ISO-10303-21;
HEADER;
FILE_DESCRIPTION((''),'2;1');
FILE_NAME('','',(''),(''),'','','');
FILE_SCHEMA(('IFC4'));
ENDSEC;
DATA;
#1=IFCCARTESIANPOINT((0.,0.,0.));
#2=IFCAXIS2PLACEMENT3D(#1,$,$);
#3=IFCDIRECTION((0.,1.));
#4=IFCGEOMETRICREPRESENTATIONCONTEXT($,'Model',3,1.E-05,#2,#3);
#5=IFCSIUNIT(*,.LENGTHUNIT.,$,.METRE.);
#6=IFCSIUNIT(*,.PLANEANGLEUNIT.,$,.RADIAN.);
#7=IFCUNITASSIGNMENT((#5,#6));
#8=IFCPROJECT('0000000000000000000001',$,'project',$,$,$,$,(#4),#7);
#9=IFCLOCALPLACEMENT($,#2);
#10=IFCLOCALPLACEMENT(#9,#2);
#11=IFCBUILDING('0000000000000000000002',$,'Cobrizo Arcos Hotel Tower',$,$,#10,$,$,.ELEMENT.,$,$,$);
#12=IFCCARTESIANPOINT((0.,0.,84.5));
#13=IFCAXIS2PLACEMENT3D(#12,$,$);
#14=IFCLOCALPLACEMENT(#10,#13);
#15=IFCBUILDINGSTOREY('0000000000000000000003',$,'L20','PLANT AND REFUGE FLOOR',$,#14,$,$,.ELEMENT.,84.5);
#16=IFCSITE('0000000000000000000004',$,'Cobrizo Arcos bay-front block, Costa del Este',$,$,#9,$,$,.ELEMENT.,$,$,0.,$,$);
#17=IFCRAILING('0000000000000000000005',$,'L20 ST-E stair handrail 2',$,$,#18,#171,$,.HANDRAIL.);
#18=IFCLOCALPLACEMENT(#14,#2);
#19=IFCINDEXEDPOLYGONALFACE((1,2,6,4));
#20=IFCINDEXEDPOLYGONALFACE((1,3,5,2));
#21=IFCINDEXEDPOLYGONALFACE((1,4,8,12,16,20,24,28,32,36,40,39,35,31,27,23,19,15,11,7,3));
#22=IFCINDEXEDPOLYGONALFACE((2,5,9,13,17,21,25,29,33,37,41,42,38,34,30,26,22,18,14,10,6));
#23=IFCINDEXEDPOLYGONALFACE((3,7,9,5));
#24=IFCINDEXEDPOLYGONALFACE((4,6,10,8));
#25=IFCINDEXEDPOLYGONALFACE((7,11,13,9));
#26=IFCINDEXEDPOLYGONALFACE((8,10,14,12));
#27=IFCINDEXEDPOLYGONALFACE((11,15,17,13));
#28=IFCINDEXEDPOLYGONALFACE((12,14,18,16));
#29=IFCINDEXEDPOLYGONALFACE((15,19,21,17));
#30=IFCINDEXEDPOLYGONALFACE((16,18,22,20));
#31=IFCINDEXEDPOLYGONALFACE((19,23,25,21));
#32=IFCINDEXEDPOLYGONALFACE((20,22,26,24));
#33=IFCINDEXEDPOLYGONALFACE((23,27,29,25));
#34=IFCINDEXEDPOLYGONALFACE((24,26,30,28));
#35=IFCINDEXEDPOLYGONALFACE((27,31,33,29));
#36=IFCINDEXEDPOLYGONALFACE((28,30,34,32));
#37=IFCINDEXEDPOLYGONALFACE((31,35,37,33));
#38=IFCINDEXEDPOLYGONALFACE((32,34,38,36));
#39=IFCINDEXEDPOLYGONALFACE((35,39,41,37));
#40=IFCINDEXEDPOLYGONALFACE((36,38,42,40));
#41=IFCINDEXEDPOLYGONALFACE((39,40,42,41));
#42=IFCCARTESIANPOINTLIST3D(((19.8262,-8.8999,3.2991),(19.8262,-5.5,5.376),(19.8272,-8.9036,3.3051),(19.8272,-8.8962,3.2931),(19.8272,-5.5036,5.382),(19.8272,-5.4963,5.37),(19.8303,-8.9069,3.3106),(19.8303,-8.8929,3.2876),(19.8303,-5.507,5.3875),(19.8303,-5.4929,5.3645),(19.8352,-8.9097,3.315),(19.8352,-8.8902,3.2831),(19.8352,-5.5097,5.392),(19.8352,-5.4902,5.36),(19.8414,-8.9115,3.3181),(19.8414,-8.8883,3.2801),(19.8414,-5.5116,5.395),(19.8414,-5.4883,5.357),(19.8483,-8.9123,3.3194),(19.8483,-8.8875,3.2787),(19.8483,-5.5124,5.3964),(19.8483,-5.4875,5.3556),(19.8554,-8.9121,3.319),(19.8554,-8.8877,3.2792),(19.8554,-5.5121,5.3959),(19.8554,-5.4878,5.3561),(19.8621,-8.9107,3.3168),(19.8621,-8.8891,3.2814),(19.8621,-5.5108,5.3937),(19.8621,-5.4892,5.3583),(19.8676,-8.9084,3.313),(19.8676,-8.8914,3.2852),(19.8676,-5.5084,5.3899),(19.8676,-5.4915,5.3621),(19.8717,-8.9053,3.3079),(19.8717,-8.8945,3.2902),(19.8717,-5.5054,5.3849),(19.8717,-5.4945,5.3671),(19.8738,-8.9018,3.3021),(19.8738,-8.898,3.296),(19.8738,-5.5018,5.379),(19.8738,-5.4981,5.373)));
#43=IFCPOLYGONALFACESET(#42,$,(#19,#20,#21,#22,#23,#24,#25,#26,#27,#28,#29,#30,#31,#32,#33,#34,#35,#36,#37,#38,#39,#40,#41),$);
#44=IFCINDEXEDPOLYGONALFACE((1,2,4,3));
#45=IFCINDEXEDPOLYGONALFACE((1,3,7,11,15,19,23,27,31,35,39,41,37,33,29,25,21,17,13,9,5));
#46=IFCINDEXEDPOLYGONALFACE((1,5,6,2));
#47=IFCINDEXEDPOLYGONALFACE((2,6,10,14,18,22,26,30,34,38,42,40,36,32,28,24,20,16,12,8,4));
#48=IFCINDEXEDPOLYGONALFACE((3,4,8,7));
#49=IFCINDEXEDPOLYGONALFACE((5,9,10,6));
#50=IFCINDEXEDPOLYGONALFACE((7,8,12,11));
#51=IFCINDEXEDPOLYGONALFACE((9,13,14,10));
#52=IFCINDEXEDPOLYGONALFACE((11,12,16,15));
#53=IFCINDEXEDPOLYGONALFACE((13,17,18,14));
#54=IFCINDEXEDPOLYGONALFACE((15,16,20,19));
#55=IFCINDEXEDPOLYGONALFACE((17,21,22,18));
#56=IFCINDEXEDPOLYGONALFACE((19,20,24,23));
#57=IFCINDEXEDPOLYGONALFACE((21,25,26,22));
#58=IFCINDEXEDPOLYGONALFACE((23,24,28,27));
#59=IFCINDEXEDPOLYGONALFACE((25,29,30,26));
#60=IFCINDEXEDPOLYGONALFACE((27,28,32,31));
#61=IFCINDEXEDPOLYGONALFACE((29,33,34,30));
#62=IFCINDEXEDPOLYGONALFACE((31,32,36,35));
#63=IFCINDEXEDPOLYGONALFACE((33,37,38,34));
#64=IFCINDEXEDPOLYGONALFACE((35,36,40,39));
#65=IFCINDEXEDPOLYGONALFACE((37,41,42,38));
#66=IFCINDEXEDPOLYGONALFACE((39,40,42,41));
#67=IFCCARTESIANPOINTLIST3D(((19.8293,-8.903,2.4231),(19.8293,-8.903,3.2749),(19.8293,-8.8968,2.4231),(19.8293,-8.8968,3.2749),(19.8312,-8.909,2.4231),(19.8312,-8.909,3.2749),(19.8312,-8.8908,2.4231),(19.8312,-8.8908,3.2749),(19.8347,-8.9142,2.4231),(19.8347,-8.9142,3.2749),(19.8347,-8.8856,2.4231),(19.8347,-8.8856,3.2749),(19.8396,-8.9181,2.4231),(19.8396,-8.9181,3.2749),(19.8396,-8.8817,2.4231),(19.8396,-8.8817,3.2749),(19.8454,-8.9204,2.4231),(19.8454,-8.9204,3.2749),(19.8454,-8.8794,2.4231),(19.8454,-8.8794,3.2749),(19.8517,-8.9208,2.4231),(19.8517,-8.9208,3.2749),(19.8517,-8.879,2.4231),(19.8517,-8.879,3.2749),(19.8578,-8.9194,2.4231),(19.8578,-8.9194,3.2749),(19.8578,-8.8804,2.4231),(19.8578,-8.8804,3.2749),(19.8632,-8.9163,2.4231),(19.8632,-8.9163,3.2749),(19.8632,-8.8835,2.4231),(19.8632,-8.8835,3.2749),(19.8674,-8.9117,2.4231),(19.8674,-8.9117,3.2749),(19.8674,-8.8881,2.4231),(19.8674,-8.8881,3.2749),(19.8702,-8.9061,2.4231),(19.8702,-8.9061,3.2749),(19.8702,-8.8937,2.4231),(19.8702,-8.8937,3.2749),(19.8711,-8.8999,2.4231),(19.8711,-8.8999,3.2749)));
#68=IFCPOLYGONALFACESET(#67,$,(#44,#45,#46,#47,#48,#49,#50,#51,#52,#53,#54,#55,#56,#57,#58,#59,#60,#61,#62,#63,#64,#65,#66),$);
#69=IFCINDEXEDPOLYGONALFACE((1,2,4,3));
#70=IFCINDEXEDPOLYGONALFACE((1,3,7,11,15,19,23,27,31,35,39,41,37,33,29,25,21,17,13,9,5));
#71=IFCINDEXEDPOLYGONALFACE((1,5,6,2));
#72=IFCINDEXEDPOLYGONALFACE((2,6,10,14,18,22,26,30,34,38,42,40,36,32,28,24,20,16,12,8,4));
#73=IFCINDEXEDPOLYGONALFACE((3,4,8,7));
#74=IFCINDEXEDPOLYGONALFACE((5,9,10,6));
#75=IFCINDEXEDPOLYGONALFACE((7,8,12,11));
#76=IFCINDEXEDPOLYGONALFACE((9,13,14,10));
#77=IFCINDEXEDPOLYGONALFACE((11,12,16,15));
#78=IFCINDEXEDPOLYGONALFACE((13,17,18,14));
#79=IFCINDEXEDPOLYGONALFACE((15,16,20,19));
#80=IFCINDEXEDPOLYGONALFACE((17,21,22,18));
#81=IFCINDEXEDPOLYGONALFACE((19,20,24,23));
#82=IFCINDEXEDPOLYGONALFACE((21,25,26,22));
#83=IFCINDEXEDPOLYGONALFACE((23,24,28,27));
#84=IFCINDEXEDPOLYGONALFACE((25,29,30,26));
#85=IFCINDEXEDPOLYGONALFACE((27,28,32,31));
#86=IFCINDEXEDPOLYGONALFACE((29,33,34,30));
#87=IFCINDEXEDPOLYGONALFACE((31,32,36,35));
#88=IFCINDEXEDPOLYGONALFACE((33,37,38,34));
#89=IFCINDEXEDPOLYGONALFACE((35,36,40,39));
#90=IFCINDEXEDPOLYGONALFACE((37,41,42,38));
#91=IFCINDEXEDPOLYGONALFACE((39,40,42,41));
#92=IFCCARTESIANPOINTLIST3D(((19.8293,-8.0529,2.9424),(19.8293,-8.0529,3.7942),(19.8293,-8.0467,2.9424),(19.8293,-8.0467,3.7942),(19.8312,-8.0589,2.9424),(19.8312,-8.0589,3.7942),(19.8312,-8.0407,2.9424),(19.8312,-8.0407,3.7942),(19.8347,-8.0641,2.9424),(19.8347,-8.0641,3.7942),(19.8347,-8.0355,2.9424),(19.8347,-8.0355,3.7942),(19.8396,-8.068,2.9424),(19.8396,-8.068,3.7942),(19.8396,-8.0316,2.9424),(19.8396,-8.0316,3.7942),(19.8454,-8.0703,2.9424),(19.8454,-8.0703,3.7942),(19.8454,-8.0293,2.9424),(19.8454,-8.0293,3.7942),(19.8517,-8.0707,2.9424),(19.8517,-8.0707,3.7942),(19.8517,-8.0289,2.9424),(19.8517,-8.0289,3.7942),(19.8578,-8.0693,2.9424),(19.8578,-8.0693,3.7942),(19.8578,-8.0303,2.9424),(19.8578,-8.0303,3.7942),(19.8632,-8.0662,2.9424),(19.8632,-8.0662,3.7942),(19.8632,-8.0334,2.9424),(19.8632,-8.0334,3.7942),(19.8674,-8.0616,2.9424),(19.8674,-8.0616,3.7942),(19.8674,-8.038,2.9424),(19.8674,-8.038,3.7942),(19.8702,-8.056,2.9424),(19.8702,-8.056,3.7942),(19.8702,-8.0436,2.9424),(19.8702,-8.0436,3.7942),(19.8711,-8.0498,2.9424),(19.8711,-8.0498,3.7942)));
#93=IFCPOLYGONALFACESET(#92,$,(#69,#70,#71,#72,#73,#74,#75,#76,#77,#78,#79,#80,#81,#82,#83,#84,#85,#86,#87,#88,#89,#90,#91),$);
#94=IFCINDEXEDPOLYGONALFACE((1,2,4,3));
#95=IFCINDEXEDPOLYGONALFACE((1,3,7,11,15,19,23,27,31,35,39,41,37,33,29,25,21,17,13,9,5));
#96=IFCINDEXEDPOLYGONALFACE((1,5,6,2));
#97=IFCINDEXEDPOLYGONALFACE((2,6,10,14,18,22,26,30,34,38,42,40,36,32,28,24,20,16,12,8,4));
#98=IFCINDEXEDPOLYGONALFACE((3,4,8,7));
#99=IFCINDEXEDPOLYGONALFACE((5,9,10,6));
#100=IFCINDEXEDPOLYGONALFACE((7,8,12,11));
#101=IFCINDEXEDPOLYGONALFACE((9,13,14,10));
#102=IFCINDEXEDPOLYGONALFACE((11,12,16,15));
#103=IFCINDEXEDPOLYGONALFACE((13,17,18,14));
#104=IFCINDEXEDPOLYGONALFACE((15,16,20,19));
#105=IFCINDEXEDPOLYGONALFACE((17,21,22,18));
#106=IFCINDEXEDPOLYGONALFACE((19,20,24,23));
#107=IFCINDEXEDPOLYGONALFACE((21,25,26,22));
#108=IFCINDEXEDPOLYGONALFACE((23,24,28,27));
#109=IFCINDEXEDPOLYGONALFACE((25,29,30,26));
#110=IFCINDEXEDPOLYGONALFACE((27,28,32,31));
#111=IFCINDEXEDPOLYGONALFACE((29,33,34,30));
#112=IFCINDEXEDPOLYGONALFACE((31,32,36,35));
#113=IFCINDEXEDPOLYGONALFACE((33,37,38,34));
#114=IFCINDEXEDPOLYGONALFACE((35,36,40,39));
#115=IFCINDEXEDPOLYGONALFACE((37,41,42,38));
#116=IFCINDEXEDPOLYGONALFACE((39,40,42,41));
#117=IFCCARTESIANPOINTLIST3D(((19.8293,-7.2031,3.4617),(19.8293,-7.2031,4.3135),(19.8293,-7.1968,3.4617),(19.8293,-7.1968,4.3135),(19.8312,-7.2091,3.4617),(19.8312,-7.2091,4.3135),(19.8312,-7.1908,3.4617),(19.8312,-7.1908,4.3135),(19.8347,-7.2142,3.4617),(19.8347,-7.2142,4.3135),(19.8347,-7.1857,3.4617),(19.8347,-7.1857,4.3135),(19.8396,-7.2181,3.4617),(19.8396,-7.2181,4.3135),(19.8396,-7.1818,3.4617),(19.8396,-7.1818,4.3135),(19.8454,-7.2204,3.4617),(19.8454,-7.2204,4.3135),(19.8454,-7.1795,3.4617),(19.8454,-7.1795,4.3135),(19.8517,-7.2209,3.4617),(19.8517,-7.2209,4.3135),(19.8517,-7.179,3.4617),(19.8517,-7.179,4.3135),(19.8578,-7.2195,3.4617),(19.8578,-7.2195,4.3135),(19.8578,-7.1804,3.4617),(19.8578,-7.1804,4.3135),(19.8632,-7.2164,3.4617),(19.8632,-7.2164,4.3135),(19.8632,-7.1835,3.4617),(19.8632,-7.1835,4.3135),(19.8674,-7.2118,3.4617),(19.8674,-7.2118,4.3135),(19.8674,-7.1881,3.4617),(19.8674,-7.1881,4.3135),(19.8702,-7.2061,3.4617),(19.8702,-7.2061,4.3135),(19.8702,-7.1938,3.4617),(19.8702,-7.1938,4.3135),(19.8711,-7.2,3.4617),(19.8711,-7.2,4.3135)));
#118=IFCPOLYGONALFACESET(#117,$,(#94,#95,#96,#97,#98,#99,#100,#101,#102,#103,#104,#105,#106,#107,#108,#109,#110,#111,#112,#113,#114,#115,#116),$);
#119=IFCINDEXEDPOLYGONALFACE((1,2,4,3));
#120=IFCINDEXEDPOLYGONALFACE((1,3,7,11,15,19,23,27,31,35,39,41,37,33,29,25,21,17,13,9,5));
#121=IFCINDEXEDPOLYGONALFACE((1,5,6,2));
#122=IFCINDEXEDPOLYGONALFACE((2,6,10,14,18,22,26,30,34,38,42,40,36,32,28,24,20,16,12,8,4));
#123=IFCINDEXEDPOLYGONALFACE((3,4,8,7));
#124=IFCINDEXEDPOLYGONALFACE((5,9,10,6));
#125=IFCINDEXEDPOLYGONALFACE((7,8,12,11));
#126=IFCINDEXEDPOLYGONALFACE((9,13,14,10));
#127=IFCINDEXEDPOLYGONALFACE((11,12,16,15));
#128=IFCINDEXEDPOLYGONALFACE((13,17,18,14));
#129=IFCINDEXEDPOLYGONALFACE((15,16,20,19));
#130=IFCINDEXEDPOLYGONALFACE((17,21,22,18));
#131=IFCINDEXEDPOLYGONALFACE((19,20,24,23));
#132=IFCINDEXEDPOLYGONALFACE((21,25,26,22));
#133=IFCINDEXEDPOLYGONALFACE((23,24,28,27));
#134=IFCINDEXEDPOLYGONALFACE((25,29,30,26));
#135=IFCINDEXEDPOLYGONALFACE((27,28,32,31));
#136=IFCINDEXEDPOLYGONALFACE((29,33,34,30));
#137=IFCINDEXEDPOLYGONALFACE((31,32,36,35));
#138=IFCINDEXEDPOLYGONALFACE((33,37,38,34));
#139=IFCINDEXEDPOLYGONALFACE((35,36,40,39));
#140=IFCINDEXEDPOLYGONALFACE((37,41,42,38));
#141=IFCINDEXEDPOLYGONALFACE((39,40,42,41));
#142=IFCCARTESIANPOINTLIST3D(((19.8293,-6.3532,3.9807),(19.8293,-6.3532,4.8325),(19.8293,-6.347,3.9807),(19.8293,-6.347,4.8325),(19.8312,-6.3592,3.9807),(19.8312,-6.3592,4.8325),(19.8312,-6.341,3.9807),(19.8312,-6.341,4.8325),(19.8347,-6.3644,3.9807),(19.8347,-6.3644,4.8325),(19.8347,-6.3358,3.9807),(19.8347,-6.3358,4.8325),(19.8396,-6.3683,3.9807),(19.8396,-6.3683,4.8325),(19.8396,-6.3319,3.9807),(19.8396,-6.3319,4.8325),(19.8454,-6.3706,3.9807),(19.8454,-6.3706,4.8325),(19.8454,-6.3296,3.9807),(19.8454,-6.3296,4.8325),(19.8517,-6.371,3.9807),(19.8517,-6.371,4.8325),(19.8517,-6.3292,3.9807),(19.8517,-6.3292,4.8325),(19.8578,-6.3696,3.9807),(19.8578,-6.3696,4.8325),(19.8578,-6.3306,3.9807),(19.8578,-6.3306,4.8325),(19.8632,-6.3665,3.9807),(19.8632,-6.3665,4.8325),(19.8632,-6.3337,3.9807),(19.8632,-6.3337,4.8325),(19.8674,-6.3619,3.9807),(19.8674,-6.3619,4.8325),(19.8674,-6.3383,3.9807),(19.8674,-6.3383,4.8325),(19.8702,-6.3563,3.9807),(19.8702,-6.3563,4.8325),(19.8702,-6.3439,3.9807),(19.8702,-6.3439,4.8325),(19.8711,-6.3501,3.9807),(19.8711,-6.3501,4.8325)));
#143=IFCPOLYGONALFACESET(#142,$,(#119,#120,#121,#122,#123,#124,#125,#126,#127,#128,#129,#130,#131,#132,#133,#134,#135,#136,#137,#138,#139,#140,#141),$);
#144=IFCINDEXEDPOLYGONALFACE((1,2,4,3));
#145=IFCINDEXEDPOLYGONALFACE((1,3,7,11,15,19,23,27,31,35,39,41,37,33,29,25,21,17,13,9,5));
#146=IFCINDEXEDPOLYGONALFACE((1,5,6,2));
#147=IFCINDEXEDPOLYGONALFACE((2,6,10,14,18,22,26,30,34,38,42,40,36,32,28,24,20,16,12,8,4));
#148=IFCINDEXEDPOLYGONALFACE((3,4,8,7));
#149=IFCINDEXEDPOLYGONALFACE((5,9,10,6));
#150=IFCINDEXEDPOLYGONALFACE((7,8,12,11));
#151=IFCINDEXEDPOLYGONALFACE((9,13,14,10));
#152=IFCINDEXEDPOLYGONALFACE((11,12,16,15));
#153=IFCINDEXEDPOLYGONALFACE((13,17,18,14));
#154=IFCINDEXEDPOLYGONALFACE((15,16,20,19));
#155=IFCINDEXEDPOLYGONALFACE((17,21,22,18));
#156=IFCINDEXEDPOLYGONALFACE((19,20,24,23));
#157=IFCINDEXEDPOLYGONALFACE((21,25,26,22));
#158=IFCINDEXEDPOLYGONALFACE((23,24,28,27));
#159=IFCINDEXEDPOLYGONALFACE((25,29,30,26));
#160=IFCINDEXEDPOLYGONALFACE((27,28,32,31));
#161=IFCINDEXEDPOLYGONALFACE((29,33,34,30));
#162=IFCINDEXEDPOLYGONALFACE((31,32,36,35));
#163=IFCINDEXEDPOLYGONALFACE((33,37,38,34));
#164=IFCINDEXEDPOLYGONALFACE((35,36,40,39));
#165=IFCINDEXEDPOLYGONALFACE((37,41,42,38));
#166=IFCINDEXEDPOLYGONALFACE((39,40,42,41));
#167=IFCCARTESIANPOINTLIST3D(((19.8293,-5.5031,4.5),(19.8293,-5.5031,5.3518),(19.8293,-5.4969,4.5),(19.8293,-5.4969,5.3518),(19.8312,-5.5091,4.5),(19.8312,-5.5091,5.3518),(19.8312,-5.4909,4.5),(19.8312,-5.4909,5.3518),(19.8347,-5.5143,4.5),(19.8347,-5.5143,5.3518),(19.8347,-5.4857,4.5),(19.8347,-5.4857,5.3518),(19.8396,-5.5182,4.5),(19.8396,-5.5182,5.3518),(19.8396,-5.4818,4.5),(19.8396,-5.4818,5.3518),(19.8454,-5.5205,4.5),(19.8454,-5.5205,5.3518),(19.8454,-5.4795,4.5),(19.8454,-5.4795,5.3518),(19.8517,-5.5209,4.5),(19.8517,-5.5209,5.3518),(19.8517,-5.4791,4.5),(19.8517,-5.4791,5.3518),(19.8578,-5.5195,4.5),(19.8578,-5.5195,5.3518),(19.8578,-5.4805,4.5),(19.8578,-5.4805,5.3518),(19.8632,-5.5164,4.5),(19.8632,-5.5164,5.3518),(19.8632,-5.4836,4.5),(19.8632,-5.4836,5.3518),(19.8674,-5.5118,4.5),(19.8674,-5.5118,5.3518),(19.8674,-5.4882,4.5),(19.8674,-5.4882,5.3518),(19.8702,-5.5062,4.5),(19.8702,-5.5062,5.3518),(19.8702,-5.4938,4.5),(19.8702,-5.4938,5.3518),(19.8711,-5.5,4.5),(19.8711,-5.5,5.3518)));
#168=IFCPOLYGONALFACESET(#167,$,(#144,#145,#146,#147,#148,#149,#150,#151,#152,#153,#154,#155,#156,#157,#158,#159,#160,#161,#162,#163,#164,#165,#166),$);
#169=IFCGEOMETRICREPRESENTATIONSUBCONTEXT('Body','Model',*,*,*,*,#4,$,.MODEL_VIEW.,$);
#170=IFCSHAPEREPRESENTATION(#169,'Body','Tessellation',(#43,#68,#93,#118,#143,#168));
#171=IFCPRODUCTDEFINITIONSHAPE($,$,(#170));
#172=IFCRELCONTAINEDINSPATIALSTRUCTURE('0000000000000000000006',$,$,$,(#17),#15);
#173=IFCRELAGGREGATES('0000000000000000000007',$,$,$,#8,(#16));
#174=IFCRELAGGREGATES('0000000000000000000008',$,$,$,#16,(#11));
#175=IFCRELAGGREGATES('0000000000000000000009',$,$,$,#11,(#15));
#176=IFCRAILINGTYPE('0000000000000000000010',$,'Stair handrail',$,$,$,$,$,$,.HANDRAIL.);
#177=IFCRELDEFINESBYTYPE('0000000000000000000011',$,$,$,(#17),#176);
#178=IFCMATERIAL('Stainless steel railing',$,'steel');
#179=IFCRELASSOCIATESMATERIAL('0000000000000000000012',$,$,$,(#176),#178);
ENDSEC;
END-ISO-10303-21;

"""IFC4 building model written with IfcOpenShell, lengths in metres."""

from ifc_helpers import new_model, si_unit, direction, frame, origin, origin_2d, place, context, subcontext, project, spatial, circle, extrude, material, type_object, element, save


model = new_model("IFC4")

# Units and contexts
model_context = context("Model", 3, precision=1e-05, world=origin(), true_north=direction((0.0, 1.0)))
body_context = subcontext(model_context, "Body", "Model", "MODEL_VIEW")
ifc_project = project(units=[si_unit("LENGTHUNIT", "METRE"), si_unit("PLANEANGLEUNIT", "RADIAN")], contexts=[model_context])

# Site, building, storey
site_placement = place(None, origin())
site = spatial("IfcSite", under=ifc_project, at=site_placement, Name="Cobrizo Arcos bay-front block, Costa del Este", CompositionType="ELEMENT", RefElevation=0.0)
building_placement = place(site_placement, origin())
building = spatial("IfcBuilding", under=site, at=building_placement, Name="Cobrizo Arcos Hotel Tower", CompositionType="ELEMENT")
storey_placement = place(building_placement, frame((0.0, 0.0, 84.5)))
storey = spatial("IfcBuildingStorey", under=building, at=storey_placement, Name="L20", Description="PLANT AND REFUGE FLOOR", CompositionType="ELEMENT", Elevation=84.5)

# Railing
ifc_material_1 = material(Name="Stainless steel railing", Category="steel")
railing_type_1 = type_object("IfcRailingType", Name="Stair handrail", PredefinedType="HANDRAIL", material=ifc_material_1)
railing_1_placement = place(storey_placement, frame((19.8501, -8.8999, 2.4231)))
element("IfcRailing", 1, at=railing_1_placement, inside=storey, type_object=railing_type_1, Name="L20 ST-E stair handrail 2", PredefinedType="HANDRAIL", context=body_context, shape_type="SweptSolid", body=[
    extrude(circle(Radius=0.0239, at=origin_2d()), frame((0.0, 0.0, 0.876), z_axis=(0.0, 0.853373, 0.521301), x_axis=(-1.0, 0.0, 0.0)), (0.0, 0.0, 1.0), 3.9841),
    extrude(circle(Radius=0.021, at=origin_2d()), origin(), (0.0, 0.0, 1.0), 0.8518),
    extrude(circle(Radius=0.021, at=origin_2d()), frame((0.0, 0.8501, 0.5193)), (0.0, 0.0, 1.0), 0.8518),
    extrude(circle(Radius=0.021, at=origin_2d()), frame((0.0, 1.7, 1.0386)), (0.0, 0.0, 1.0), 0.8518),
    extrude(circle(Radius=0.021, at=origin_2d()), frame((0.0, 2.5498, 1.5576)), (0.0, 0.0, 1.0), 0.8518),
    extrude(circle(Radius=0.021, at=origin_2d()), frame((0.0, 3.3999, 2.0769)), (0.0, 0.0, 1.0), 0.8518),
])

save(model, "model.ifc")
